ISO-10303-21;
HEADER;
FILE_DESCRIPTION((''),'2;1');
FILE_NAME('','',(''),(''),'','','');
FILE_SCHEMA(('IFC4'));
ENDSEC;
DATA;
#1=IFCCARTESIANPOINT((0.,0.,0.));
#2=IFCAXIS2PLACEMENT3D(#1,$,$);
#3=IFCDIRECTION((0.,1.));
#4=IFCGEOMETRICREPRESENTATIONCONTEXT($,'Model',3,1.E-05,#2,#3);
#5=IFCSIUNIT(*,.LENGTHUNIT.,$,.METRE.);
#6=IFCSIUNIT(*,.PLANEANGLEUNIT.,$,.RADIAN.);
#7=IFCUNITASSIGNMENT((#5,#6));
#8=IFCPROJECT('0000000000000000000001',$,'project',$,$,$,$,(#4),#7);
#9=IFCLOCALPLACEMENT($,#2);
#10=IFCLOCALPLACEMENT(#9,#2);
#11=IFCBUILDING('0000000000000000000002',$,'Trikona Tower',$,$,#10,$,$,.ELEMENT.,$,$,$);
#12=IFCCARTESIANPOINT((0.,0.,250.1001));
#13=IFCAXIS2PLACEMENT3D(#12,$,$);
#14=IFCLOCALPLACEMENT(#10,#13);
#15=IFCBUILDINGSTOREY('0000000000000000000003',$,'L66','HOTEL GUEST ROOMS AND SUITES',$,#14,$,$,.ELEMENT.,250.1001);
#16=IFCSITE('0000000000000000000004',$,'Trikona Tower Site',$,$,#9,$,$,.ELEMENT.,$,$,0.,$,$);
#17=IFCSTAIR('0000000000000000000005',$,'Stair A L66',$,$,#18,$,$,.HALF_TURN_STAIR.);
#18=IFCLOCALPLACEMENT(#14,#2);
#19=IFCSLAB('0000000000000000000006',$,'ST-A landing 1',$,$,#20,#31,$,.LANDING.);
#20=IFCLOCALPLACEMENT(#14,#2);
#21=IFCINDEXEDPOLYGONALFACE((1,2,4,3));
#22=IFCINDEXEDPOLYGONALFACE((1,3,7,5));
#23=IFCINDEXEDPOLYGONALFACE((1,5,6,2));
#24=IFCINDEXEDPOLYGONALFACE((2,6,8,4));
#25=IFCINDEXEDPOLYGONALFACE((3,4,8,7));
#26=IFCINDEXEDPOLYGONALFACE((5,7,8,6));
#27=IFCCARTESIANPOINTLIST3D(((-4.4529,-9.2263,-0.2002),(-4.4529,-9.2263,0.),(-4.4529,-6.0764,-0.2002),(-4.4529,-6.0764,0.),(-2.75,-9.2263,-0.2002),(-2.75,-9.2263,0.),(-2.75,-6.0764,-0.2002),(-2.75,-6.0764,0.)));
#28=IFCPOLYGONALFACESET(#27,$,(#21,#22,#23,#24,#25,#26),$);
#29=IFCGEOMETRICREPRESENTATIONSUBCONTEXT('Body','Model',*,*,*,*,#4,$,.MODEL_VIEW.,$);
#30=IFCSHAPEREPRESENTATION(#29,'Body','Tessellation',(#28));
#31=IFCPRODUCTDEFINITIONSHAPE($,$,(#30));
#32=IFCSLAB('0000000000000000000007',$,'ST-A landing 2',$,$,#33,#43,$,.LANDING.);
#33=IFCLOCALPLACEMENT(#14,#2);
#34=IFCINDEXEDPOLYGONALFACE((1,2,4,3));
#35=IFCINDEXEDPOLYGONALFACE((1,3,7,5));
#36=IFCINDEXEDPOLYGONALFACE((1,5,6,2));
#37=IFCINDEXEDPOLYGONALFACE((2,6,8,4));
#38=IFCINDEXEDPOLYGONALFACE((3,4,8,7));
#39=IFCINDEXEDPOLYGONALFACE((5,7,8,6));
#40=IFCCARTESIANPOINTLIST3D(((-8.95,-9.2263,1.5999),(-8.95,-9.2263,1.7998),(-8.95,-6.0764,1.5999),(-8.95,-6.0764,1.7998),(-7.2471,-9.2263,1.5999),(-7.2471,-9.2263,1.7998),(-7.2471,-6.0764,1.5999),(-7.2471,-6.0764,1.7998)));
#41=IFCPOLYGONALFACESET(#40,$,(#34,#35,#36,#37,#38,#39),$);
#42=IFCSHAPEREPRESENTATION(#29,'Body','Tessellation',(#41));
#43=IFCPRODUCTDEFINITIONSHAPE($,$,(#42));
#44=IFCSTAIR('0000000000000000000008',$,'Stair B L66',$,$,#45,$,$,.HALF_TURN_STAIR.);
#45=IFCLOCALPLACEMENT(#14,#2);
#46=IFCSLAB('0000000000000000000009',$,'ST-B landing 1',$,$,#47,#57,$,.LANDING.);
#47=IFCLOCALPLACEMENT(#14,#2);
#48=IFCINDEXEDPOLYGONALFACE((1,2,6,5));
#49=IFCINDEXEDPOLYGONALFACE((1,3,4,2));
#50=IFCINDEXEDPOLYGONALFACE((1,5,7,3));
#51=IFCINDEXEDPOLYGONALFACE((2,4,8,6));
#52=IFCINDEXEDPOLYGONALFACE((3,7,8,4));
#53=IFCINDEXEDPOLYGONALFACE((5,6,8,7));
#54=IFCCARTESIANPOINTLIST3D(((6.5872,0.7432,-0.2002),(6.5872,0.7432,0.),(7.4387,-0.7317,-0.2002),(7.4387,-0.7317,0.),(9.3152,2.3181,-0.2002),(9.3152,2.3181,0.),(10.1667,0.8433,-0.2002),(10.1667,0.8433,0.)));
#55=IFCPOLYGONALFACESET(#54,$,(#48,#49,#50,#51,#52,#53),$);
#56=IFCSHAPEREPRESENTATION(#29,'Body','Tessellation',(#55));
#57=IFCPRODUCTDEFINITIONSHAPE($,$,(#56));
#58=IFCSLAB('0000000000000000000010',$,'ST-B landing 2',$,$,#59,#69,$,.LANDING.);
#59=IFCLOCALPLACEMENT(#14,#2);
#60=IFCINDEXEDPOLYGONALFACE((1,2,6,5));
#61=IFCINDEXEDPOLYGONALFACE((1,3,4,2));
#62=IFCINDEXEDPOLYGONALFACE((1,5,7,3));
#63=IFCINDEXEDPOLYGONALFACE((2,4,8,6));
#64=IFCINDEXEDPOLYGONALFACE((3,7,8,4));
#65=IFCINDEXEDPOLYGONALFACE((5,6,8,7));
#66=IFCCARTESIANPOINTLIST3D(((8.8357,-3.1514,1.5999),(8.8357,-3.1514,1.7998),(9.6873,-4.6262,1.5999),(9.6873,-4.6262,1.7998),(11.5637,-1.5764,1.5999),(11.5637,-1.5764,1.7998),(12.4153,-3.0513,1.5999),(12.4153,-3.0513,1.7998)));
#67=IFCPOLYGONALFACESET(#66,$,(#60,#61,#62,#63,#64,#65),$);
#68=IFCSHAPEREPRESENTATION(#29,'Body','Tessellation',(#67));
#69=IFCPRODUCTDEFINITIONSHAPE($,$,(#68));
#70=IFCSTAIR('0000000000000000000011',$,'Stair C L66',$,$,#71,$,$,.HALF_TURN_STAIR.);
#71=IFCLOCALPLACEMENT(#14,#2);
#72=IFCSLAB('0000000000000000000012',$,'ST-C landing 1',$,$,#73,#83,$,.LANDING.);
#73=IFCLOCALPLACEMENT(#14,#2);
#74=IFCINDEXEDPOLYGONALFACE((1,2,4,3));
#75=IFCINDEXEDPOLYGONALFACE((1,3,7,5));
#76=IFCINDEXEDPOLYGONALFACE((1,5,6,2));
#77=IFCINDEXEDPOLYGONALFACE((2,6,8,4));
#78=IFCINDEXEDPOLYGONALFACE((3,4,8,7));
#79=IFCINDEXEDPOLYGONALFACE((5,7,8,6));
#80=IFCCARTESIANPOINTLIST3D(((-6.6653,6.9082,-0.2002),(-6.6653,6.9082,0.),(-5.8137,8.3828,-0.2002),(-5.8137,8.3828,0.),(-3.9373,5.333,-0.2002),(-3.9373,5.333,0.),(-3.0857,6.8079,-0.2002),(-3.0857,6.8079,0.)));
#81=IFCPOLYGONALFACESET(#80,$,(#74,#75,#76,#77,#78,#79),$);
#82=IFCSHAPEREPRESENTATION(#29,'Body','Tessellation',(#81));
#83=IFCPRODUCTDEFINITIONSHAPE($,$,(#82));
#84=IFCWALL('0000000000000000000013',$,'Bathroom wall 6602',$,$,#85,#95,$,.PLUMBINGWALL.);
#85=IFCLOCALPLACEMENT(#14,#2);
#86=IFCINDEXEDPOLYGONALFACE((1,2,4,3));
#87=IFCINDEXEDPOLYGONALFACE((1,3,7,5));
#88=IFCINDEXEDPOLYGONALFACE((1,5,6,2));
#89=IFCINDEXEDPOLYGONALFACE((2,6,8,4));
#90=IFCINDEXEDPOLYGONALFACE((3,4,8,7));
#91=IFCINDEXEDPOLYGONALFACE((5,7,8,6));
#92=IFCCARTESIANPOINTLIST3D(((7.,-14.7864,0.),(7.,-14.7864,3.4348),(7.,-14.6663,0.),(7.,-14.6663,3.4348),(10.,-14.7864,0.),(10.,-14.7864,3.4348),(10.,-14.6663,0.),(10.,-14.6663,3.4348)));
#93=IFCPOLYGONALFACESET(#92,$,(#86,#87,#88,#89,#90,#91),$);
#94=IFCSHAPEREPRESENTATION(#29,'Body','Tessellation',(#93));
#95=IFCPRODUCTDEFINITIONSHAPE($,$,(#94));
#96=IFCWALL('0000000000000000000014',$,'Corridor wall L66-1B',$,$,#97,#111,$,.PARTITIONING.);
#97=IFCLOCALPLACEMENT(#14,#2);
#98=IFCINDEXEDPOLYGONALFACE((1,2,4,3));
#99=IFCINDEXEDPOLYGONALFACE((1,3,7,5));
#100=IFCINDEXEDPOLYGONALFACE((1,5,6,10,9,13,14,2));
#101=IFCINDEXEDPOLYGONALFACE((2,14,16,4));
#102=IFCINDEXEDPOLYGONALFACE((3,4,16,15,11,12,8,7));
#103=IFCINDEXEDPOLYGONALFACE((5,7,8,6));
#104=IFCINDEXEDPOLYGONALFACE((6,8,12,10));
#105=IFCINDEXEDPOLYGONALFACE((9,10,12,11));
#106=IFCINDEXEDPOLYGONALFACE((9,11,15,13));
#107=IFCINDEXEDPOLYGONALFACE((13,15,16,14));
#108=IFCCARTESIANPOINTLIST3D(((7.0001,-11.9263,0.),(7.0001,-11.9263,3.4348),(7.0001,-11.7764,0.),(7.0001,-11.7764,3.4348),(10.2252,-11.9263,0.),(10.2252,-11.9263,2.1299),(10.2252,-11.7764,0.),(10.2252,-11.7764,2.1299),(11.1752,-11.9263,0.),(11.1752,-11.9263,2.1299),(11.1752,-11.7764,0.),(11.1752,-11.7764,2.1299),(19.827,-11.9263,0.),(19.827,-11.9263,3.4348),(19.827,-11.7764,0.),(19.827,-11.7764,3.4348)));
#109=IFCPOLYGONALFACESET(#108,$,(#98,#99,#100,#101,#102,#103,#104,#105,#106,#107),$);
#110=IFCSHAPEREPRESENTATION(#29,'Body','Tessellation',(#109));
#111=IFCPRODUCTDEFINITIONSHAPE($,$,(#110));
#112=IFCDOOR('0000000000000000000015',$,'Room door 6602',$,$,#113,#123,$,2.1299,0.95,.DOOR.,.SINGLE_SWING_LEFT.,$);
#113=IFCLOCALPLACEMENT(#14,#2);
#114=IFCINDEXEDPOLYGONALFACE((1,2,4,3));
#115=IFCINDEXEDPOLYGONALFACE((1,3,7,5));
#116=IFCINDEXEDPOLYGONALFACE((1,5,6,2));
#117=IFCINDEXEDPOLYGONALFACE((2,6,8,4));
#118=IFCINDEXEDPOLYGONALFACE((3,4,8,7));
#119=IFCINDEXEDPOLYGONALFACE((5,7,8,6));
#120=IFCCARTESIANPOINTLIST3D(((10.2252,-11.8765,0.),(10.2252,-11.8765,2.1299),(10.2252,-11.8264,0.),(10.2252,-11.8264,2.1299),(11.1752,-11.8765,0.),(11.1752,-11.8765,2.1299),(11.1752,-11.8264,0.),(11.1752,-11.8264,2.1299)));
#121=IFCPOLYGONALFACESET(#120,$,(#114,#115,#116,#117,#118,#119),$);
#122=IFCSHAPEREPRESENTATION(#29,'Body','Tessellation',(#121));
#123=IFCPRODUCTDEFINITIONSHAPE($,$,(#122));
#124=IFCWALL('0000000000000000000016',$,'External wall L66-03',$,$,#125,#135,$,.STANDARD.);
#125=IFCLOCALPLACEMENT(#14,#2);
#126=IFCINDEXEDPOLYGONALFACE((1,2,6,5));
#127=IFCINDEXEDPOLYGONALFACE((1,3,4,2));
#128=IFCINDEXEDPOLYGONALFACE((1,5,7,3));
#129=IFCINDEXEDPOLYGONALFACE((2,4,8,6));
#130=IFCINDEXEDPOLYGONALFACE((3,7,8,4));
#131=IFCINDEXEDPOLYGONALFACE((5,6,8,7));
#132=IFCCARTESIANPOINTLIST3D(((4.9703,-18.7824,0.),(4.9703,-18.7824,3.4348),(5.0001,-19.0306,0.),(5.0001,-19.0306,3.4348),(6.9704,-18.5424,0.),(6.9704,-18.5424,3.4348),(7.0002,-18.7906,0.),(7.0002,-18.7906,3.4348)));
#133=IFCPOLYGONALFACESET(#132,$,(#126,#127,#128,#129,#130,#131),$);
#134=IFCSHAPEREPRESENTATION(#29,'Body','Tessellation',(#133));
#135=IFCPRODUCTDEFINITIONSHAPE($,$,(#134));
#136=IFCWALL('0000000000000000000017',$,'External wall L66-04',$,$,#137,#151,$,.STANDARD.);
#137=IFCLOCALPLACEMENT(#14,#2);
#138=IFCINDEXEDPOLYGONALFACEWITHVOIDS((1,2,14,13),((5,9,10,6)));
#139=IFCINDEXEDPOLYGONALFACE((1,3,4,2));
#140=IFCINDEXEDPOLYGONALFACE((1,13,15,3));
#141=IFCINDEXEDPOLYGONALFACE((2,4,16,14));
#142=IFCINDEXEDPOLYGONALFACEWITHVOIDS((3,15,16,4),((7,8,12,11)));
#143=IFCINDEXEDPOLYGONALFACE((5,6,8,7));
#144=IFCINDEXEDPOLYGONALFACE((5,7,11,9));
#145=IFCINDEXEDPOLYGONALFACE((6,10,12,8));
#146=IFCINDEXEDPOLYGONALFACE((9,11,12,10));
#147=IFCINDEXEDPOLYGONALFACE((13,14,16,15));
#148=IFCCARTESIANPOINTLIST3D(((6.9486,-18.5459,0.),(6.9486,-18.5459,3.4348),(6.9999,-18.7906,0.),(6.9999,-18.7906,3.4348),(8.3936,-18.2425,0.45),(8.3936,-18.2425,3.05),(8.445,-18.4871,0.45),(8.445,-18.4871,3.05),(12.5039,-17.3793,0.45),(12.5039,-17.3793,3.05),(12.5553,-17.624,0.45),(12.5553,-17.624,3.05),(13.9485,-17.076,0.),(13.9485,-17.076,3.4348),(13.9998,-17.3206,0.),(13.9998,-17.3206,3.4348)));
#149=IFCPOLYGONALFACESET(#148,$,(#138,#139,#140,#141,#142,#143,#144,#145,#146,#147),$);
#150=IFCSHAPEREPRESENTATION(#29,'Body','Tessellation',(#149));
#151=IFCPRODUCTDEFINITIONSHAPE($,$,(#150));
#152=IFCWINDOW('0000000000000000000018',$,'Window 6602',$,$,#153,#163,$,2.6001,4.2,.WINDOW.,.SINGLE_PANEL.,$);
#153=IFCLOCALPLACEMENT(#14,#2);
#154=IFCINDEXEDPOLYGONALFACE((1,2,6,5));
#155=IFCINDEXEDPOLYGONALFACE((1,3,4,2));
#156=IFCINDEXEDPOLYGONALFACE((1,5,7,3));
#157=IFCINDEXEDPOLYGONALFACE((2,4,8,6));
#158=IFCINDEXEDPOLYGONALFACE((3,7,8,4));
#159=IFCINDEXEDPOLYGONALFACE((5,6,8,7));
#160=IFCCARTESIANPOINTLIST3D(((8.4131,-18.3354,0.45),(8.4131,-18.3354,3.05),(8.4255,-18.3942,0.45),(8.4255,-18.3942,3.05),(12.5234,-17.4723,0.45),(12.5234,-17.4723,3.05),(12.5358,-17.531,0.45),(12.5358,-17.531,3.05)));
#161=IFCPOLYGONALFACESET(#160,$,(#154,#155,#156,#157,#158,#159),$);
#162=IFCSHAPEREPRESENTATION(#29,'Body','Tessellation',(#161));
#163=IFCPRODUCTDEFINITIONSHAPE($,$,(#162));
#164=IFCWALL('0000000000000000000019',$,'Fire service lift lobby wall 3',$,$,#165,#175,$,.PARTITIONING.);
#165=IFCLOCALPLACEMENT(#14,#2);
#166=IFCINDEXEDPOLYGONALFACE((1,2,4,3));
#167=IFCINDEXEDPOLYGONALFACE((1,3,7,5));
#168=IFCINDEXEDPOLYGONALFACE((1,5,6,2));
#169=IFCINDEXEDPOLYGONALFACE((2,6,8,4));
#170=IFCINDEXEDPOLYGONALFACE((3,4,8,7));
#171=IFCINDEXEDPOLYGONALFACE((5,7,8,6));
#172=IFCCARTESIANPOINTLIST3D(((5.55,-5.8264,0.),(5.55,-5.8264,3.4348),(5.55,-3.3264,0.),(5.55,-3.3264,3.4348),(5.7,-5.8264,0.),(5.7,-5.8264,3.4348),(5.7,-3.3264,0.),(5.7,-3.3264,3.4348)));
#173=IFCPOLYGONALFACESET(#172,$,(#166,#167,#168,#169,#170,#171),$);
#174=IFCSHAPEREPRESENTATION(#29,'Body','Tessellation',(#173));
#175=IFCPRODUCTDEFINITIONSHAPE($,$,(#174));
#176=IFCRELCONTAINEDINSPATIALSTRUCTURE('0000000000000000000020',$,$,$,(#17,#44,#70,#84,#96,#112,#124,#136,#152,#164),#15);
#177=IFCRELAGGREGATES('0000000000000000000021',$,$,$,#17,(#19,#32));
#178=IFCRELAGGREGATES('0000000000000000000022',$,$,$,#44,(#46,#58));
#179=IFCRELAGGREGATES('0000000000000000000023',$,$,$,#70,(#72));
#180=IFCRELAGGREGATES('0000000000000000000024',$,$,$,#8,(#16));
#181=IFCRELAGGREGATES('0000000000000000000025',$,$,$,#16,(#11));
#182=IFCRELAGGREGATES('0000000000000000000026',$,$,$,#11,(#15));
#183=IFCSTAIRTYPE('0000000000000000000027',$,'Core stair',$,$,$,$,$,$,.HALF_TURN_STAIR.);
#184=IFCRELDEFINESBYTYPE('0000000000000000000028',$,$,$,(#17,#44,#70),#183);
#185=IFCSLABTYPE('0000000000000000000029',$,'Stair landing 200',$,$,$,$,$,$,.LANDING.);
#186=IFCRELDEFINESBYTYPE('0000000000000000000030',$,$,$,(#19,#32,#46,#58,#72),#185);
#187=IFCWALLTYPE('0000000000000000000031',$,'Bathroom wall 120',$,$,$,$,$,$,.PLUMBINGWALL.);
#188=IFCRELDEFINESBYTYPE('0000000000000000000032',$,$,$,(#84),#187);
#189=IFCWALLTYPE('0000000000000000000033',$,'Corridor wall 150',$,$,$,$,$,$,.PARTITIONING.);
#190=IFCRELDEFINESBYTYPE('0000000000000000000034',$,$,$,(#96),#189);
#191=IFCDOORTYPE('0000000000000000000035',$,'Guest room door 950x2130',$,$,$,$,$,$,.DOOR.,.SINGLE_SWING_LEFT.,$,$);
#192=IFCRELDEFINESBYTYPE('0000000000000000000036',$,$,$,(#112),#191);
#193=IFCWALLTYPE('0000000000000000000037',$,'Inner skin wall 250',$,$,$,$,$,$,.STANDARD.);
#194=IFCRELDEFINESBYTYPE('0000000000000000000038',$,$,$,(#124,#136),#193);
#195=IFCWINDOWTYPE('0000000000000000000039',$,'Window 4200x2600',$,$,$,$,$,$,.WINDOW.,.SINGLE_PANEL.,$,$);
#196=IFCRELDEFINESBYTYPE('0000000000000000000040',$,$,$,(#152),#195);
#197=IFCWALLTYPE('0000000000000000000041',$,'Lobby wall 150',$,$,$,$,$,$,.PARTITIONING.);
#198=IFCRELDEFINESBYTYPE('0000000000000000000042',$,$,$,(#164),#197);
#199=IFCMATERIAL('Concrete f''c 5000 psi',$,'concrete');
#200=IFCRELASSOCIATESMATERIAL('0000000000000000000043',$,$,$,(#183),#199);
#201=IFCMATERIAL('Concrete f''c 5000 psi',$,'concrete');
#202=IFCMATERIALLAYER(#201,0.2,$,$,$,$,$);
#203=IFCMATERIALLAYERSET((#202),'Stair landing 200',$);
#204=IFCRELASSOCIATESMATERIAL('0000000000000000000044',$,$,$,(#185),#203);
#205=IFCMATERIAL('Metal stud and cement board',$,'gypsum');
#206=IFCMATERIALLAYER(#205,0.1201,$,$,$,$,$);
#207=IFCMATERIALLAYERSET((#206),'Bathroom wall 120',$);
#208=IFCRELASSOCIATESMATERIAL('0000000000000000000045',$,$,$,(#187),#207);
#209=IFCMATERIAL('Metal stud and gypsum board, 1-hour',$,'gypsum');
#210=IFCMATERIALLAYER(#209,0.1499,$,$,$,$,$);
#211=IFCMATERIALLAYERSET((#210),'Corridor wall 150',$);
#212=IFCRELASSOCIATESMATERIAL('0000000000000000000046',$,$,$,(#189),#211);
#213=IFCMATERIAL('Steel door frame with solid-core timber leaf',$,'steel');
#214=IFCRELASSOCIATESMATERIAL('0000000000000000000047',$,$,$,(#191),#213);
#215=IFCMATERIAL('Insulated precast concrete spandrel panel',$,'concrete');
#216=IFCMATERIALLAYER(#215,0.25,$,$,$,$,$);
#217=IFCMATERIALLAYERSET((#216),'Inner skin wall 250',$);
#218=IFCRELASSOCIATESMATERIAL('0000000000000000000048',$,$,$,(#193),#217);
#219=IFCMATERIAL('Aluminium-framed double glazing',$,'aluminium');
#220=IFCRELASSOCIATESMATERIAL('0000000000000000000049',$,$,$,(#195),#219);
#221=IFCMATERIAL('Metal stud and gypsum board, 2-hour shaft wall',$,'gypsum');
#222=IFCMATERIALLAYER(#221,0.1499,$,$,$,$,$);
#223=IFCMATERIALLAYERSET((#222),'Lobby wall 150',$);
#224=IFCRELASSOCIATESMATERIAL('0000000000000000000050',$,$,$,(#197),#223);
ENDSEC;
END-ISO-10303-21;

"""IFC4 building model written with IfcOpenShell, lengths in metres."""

from ifc_helpers import new_model, si_unit, direction, frame, frame_2d, origin, place, context, subcontext, project, spatial, polyline, rectangle, outline, extrude, material, layer, layer_set, type_object, element, fill, aggregate, save


model = new_model("IFC4")

# Units and contexts
model_context = context("Model", 3, precision=1e-05, world=origin(), true_north=direction((0.0, 1.0)))
body_context = subcontext(model_context, "Body", "Model", "MODEL_VIEW")
ifc_project = project(units=[si_unit("LENGTHUNIT", "METRE"), si_unit("PLANEANGLEUNIT", "RADIAN")], contexts=[model_context])

# Site, building, storey
site_placement = place(None, origin())
site = spatial("IfcSite", under=ifc_project, at=site_placement, Name="Trikona Tower Site", CompositionType="ELEMENT", RefElevation=0.0)
building_placement = place(site_placement, origin())
building = spatial("IfcBuilding", under=site, at=building_placement, Name="Trikona Tower", CompositionType="ELEMENT")
storey_placement = place(building_placement, frame((0.0, 0.0, 250.1001)))
storey = spatial("IfcBuildingStorey", under=building, at=storey_placement, Name="L66", Description="HOTEL GUEST ROOMS AND SUITES", CompositionType="ELEMENT", Elevation=250.1001)

# Stairs, slabs
ifc_material_1 = material(Name="Concrete f'c 5000 psi", Category="concrete")
stair_type = type_object("IfcStairType", Name="Core stair", PredefinedType="HALF_TURN_STAIR", material=ifc_material_1)
stair_1_placement = place(storey_placement, origin())
stair_1 = element("IfcStair", 1, at=stair_1_placement, inside=storey, type_object=stair_type, Name="Stair A L66", PredefinedType="HALF_TURN_STAIR")
ifc_material_2 = material(Name="Concrete f'c 5000 psi", Category="concrete")
ifc_layer_1 = layer(ifc_material_2, 0.2)
ifc_layer_set_1 = layer_set([ifc_layer_1], Name="Stair landing 200")
slab_type_1 = type_object("IfcSlabType", Name="Stair landing 200", PredefinedType="LANDING", material=ifc_layer_set_1)
slab_1_placement = place(storey_placement, frame((0.0, 0.0, -0.2002)))
slab_1 = element("IfcSlab", 2, at=slab_1_placement, type_object=slab_type_1, Name="ST-A landing 1", PredefinedType="LANDING", context=body_context, shape_type="SweptSolid", body=[
    extrude(outline(polyline([(-4.4529, -6.0764), (-2.75, -6.0764), (-2.75, -9.2263), (-4.4529, -9.2263), (-4.4529, -6.0764)])), origin(), (0.0, 0.0, 1.0), 0.2002),
])
slab_2_placement = place(storey_placement, frame((0.0, 0.0, 1.5999)))
slab_2 = element("IfcSlab", 3, at=slab_2_placement, type_object=slab_type_1, Name="ST-A landing 2", PredefinedType="LANDING", context=body_context, shape_type="SweptSolid", body=[
    extrude(outline(polyline([(-8.95, -6.0764), (-7.2471, -6.0764), (-7.2471, -9.2263), (-8.95, -9.2263), (-8.95, -6.0764)])), origin(), (0.0, 0.0, 1.0), 0.2),
])
aggregate(stair_1, [slab_1, slab_2])
stair_2_placement = place(storey_placement, origin())
stair_2 = element("IfcStair", 4, at=stair_2_placement, inside=storey, type_object=stair_type, Name="Stair B L66", PredefinedType="HALF_TURN_STAIR")
slab_3_placement = place(storey_placement, frame((0.0, 0.0, -0.2002)))
slab_3 = element("IfcSlab", 5, at=slab_3_placement, type_object=slab_type_1, Name="ST-B landing 1", PredefinedType="LANDING", context=body_context, shape_type="SweptSolid", body=[
    extrude(outline(polyline([(7.4387, -0.7317), (6.5872, 0.7432), (9.3152, 2.3181), (10.1667, 0.8433), (7.4387, -0.7317)])), origin(), (0.0, 0.0, 1.0), 0.2002),
])
slab_4_placement = place(storey_placement, frame((0.0, 0.0, 1.5999)))
slab_4 = element("IfcSlab", 6, at=slab_4_placement, type_object=slab_type_1, Name="ST-B landing 2", PredefinedType="LANDING", context=body_context, shape_type="SweptSolid", body=[
    extrude(outline(polyline([(9.6873, -4.6262), (8.8357, -3.1514), (11.5637, -1.5764), (12.4153, -3.0513), (9.6873, -4.6262)])), origin(), (0.0, 0.0, 1.0), 0.2),
])
aggregate(stair_2, [slab_3, slab_4])

# Stair, slab
stair_3_placement = place(storey_placement, origin())
stair_3 = element("IfcStair", 7, at=stair_3_placement, inside=storey, type_object=stair_type, Name="Stair C L66", PredefinedType="HALF_TURN_STAIR")
slab_5_placement = place(storey_placement, frame((0.0, 0.0, -0.2002)))
slab_5 = element("IfcSlab", 8, at=slab_5_placement, type_object=slab_type_1, Name="ST-C landing 1", PredefinedType="LANDING", context=body_context, shape_type="SweptSolid", body=[
    extrude(outline(polyline([(-3.0857, 6.8079), (-3.9373, 5.333), (-6.6653, 6.9082), (-5.8137, 8.3828), (-3.0857, 6.8079)])), origin(), (0.0, 0.0, 1.0), 0.2002),
])
aggregate(stair_3, [slab_5])

# Wall
ifc_material_3 = material(Name="Metal stud and cement board", Category="gypsum")
ifc_layer_2 = layer(ifc_material_3, 0.1201)
ifc_layer_set_2 = layer_set([ifc_layer_2], Name="Bathroom wall 120")
wall_type_1 = type_object("IfcWallType", Name="Bathroom wall 120", PredefinedType="PLUMBINGWALL", material=ifc_layer_set_2)
wall_1_placement = place(storey_placement, frame((7.0, -14.7263, 0.0), z_axis=(0.0, 0.0, 1.0), x_axis=(1.0, 0.0, 0.0)))
element("IfcWall", 9, at=wall_1_placement, inside=storey, type_object=wall_type_1, Name="Bathroom wall 6602", PredefinedType="PLUMBINGWALL", context=body_context, shape_type="SweptSolid", body=[
    extrude(rectangle(XDim=3.0, YDim=0.1201, at=frame_2d((1.5, 0.0))), origin(), (0.0, 0.0, 1.0), 3.4348),
])

# Wall, opening, door
ifc_material_4 = material(Name="Metal stud and gypsum board, 1-hour", Category="gypsum")
ifc_layer_3 = layer(ifc_material_4, 0.1499)
ifc_layer_set_3 = layer_set([ifc_layer_3], Name="Corridor wall 150")
wall_type_2 = type_object("IfcWallType", Name="Corridor wall 150", PredefinedType="PARTITIONING", material=ifc_layer_set_3)
wall_2_placement = place(storey_placement, frame((7.0, -11.8513, 0.0), z_axis=(0.0, 0.0, 1.0), x_axis=(1.0, 0.0, 0.0)))
wall_2 = element("IfcWall", 10, at=wall_2_placement, inside=storey, type_object=wall_type_2, Name="Corridor wall L66-1B", PredefinedType="PARTITIONING", context=body_context, shape_type="SweptSolid", body=[
    extrude(rectangle(XDim=12.8269, YDim=0.1499, at=frame_2d((6.4136, 0.0))), origin(), (0.0, 0.0, 1.0), 3.4348),
])
opening_1_placement = place(wall_2_placement, frame((3.2251, 0.0, 0.0)))
opening_1 = element("IfcOpeningElement", 11, at=opening_1_placement, cuts=wall_2, PredefinedType="OPENING", context=body_context, shape_type="SweptSolid", body=[
    extrude(rectangle(XDim=0.95, YDim=2.1299, at=frame_2d((0.4751, 1.0649))), frame((0.0, 0.085, 0.0), z_axis=(0.0, -1.0, 0.0), x_axis=(1.0, 0.0, 0.0)), (0.0, 0.0, 1.0), 0.1699),
])
ifc_material_5 = material(Name="Steel door frame with solid-core timber leaf", Category="steel")
door_type = type_object("IfcDoorType", Name="Guest room door 950x2130", OperationType="SINGLE_SWING_LEFT", PredefinedType="DOOR", material=ifc_material_5)
door_placement = place(opening_1_placement, origin())
door = element("IfcDoor", 12, at=door_placement, inside=storey, type_object=door_type, Name="Room door 6602", OperationType="SINGLE_SWING_LEFT", OverallHeight=2.1299, OverallWidth=0.95, PredefinedType="DOOR", context=body_context, shape_type="SweptSolid", body=[
    extrude(rectangle(XDim=0.95, YDim=2.1299, at=frame_2d((0.4751, 1.0649))), frame((0.0, 0.0249, 0.0), z_axis=(0.0, -1.0, 0.0), x_axis=(1.0, 0.0, 0.0)), (0.0, 0.0, 1.0), 0.05),
])
fill(opening_1, door)

# Wall
ifc_material_6 = material(Name="Insulated precast concrete spandrel panel", Category="concrete")
ifc_layer_4 = layer(ifc_material_6, 0.25)
ifc_layer_set_4 = layer_set([ifc_layer_4], Name="Inner skin wall 250")
wall_type_3 = type_object("IfcWallType", Name="Inner skin wall 250", PredefinedType="STANDARD", material=ifc_layer_set_4)
wall_3_placement = place(storey_placement, frame((4.9851, -18.9065, 0.0), z_axis=(0.0, 0.0, 1.0), x_axis=(0.992877, 0.11914, 0.0)))
element("IfcWall", 13, at=wall_3_placement, inside=storey, type_object=wall_type_3, Name="External wall L66-03", PredefinedType="STANDARD", context=body_context, shape_type="SweptSolid", body=[
    extrude(rectangle(XDim=2.0144, YDim=0.25, at=frame_2d((1.0073, 0.0))), origin(), (0.0, 0.0, 1.0), 3.4348),
])

# Wall, opening, window
wall_4_placement = place(storey_placement, frame((6.9744, -18.6682, 0.0), z_axis=(0.0, 0.0, 1.0), x_axis=(0.978654, 0.205513, 0.0)))
wall_4 = element("IfcWall", 14, at=wall_4_placement, inside=storey, type_object=wall_type_3, Name="External wall L66-04", PredefinedType="STANDARD", context=body_context, shape_type="SweptSolid", body=[
    extrude(rectangle(XDim=7.1526, YDim=0.25, at=frame_2d((3.5762, 0.0))), origin(), (0.0, 0.0, 1.0), 3.4348),
])
opening_2_placement = place(wall_4_placement, frame((1.4763, 0.0, 0.45)))
opening_2 = element("IfcOpeningElement", 15, at=opening_2_placement, cuts=wall_4, PredefinedType="OPENING", context=body_context, shape_type="SweptSolid", body=[
    extrude(rectangle(XDim=4.2, YDim=2.6001, at=frame_2d((2.1001, 1.3))), frame((0.0, 0.135, 0.0), z_axis=(0.0, -1.0, 0.0), x_axis=(1.0, 0.0, 0.0)), (0.0, 0.0, 1.0), 0.27),
])
ifc_material_7 = material(Name="Aluminium-framed double glazing", Category="aluminium")
window_type = type_object("IfcWindowType", Name="Window 4200x2600", PartitioningType="SINGLE_PANEL", PredefinedType="WINDOW", material=ifc_material_7)
window_placement = place(opening_2_placement, origin())
window = element("IfcWindow", 16, at=window_placement, inside=storey, type_object=window_type, Name="Window 6602", OverallHeight=2.6001, OverallWidth=4.2, PartitioningType="SINGLE_PANEL", PredefinedType="WINDOW", context=body_context, shape_type="SweptSolid", body=[
    extrude(rectangle(XDim=4.2, YDim=2.6001, at=frame_2d((2.1001, 1.3))), frame((0.0, 0.03, 0.0), z_axis=(0.0, -1.0, 0.0), x_axis=(1.0, 0.0, 0.0)), (0.0, 0.0, 1.0), 0.0601),
])
fill(opening_2, window)

# Wall
ifc_material_8 = material(Name="Metal stud and gypsum board, 2-hour shaft wall", Category="gypsum")
ifc_layer_5 = layer(ifc_material_8, 0.1499)
ifc_layer_set_5 = layer_set([ifc_layer_5], Name="Lobby wall 150")
wall_type_4 = type_object("IfcWallType", Name="Lobby wall 150", PredefinedType="PARTITIONING", material=ifc_layer_set_5)
wall_5_placement = place(storey_placement, frame((5.625, -5.8264, 0.0), z_axis=(0.0, 0.0, 1.0), x_axis=(0.0, 1.0, 0.0)))
element("IfcWall", 17, at=wall_5_placement, inside=storey, type_object=wall_type_4, Name="Fire service lift lobby wall 3", PredefinedType="PARTITIONING", context=body_context, shape_type="SweptSolid", body=[
    extrude(rectangle(XDim=2.5, YDim=0.1499, at=frame_2d((1.25, 0.0))), origin(), (0.0, 0.0, 1.0), 3.4348),
])

save(model, "model.ifc")
